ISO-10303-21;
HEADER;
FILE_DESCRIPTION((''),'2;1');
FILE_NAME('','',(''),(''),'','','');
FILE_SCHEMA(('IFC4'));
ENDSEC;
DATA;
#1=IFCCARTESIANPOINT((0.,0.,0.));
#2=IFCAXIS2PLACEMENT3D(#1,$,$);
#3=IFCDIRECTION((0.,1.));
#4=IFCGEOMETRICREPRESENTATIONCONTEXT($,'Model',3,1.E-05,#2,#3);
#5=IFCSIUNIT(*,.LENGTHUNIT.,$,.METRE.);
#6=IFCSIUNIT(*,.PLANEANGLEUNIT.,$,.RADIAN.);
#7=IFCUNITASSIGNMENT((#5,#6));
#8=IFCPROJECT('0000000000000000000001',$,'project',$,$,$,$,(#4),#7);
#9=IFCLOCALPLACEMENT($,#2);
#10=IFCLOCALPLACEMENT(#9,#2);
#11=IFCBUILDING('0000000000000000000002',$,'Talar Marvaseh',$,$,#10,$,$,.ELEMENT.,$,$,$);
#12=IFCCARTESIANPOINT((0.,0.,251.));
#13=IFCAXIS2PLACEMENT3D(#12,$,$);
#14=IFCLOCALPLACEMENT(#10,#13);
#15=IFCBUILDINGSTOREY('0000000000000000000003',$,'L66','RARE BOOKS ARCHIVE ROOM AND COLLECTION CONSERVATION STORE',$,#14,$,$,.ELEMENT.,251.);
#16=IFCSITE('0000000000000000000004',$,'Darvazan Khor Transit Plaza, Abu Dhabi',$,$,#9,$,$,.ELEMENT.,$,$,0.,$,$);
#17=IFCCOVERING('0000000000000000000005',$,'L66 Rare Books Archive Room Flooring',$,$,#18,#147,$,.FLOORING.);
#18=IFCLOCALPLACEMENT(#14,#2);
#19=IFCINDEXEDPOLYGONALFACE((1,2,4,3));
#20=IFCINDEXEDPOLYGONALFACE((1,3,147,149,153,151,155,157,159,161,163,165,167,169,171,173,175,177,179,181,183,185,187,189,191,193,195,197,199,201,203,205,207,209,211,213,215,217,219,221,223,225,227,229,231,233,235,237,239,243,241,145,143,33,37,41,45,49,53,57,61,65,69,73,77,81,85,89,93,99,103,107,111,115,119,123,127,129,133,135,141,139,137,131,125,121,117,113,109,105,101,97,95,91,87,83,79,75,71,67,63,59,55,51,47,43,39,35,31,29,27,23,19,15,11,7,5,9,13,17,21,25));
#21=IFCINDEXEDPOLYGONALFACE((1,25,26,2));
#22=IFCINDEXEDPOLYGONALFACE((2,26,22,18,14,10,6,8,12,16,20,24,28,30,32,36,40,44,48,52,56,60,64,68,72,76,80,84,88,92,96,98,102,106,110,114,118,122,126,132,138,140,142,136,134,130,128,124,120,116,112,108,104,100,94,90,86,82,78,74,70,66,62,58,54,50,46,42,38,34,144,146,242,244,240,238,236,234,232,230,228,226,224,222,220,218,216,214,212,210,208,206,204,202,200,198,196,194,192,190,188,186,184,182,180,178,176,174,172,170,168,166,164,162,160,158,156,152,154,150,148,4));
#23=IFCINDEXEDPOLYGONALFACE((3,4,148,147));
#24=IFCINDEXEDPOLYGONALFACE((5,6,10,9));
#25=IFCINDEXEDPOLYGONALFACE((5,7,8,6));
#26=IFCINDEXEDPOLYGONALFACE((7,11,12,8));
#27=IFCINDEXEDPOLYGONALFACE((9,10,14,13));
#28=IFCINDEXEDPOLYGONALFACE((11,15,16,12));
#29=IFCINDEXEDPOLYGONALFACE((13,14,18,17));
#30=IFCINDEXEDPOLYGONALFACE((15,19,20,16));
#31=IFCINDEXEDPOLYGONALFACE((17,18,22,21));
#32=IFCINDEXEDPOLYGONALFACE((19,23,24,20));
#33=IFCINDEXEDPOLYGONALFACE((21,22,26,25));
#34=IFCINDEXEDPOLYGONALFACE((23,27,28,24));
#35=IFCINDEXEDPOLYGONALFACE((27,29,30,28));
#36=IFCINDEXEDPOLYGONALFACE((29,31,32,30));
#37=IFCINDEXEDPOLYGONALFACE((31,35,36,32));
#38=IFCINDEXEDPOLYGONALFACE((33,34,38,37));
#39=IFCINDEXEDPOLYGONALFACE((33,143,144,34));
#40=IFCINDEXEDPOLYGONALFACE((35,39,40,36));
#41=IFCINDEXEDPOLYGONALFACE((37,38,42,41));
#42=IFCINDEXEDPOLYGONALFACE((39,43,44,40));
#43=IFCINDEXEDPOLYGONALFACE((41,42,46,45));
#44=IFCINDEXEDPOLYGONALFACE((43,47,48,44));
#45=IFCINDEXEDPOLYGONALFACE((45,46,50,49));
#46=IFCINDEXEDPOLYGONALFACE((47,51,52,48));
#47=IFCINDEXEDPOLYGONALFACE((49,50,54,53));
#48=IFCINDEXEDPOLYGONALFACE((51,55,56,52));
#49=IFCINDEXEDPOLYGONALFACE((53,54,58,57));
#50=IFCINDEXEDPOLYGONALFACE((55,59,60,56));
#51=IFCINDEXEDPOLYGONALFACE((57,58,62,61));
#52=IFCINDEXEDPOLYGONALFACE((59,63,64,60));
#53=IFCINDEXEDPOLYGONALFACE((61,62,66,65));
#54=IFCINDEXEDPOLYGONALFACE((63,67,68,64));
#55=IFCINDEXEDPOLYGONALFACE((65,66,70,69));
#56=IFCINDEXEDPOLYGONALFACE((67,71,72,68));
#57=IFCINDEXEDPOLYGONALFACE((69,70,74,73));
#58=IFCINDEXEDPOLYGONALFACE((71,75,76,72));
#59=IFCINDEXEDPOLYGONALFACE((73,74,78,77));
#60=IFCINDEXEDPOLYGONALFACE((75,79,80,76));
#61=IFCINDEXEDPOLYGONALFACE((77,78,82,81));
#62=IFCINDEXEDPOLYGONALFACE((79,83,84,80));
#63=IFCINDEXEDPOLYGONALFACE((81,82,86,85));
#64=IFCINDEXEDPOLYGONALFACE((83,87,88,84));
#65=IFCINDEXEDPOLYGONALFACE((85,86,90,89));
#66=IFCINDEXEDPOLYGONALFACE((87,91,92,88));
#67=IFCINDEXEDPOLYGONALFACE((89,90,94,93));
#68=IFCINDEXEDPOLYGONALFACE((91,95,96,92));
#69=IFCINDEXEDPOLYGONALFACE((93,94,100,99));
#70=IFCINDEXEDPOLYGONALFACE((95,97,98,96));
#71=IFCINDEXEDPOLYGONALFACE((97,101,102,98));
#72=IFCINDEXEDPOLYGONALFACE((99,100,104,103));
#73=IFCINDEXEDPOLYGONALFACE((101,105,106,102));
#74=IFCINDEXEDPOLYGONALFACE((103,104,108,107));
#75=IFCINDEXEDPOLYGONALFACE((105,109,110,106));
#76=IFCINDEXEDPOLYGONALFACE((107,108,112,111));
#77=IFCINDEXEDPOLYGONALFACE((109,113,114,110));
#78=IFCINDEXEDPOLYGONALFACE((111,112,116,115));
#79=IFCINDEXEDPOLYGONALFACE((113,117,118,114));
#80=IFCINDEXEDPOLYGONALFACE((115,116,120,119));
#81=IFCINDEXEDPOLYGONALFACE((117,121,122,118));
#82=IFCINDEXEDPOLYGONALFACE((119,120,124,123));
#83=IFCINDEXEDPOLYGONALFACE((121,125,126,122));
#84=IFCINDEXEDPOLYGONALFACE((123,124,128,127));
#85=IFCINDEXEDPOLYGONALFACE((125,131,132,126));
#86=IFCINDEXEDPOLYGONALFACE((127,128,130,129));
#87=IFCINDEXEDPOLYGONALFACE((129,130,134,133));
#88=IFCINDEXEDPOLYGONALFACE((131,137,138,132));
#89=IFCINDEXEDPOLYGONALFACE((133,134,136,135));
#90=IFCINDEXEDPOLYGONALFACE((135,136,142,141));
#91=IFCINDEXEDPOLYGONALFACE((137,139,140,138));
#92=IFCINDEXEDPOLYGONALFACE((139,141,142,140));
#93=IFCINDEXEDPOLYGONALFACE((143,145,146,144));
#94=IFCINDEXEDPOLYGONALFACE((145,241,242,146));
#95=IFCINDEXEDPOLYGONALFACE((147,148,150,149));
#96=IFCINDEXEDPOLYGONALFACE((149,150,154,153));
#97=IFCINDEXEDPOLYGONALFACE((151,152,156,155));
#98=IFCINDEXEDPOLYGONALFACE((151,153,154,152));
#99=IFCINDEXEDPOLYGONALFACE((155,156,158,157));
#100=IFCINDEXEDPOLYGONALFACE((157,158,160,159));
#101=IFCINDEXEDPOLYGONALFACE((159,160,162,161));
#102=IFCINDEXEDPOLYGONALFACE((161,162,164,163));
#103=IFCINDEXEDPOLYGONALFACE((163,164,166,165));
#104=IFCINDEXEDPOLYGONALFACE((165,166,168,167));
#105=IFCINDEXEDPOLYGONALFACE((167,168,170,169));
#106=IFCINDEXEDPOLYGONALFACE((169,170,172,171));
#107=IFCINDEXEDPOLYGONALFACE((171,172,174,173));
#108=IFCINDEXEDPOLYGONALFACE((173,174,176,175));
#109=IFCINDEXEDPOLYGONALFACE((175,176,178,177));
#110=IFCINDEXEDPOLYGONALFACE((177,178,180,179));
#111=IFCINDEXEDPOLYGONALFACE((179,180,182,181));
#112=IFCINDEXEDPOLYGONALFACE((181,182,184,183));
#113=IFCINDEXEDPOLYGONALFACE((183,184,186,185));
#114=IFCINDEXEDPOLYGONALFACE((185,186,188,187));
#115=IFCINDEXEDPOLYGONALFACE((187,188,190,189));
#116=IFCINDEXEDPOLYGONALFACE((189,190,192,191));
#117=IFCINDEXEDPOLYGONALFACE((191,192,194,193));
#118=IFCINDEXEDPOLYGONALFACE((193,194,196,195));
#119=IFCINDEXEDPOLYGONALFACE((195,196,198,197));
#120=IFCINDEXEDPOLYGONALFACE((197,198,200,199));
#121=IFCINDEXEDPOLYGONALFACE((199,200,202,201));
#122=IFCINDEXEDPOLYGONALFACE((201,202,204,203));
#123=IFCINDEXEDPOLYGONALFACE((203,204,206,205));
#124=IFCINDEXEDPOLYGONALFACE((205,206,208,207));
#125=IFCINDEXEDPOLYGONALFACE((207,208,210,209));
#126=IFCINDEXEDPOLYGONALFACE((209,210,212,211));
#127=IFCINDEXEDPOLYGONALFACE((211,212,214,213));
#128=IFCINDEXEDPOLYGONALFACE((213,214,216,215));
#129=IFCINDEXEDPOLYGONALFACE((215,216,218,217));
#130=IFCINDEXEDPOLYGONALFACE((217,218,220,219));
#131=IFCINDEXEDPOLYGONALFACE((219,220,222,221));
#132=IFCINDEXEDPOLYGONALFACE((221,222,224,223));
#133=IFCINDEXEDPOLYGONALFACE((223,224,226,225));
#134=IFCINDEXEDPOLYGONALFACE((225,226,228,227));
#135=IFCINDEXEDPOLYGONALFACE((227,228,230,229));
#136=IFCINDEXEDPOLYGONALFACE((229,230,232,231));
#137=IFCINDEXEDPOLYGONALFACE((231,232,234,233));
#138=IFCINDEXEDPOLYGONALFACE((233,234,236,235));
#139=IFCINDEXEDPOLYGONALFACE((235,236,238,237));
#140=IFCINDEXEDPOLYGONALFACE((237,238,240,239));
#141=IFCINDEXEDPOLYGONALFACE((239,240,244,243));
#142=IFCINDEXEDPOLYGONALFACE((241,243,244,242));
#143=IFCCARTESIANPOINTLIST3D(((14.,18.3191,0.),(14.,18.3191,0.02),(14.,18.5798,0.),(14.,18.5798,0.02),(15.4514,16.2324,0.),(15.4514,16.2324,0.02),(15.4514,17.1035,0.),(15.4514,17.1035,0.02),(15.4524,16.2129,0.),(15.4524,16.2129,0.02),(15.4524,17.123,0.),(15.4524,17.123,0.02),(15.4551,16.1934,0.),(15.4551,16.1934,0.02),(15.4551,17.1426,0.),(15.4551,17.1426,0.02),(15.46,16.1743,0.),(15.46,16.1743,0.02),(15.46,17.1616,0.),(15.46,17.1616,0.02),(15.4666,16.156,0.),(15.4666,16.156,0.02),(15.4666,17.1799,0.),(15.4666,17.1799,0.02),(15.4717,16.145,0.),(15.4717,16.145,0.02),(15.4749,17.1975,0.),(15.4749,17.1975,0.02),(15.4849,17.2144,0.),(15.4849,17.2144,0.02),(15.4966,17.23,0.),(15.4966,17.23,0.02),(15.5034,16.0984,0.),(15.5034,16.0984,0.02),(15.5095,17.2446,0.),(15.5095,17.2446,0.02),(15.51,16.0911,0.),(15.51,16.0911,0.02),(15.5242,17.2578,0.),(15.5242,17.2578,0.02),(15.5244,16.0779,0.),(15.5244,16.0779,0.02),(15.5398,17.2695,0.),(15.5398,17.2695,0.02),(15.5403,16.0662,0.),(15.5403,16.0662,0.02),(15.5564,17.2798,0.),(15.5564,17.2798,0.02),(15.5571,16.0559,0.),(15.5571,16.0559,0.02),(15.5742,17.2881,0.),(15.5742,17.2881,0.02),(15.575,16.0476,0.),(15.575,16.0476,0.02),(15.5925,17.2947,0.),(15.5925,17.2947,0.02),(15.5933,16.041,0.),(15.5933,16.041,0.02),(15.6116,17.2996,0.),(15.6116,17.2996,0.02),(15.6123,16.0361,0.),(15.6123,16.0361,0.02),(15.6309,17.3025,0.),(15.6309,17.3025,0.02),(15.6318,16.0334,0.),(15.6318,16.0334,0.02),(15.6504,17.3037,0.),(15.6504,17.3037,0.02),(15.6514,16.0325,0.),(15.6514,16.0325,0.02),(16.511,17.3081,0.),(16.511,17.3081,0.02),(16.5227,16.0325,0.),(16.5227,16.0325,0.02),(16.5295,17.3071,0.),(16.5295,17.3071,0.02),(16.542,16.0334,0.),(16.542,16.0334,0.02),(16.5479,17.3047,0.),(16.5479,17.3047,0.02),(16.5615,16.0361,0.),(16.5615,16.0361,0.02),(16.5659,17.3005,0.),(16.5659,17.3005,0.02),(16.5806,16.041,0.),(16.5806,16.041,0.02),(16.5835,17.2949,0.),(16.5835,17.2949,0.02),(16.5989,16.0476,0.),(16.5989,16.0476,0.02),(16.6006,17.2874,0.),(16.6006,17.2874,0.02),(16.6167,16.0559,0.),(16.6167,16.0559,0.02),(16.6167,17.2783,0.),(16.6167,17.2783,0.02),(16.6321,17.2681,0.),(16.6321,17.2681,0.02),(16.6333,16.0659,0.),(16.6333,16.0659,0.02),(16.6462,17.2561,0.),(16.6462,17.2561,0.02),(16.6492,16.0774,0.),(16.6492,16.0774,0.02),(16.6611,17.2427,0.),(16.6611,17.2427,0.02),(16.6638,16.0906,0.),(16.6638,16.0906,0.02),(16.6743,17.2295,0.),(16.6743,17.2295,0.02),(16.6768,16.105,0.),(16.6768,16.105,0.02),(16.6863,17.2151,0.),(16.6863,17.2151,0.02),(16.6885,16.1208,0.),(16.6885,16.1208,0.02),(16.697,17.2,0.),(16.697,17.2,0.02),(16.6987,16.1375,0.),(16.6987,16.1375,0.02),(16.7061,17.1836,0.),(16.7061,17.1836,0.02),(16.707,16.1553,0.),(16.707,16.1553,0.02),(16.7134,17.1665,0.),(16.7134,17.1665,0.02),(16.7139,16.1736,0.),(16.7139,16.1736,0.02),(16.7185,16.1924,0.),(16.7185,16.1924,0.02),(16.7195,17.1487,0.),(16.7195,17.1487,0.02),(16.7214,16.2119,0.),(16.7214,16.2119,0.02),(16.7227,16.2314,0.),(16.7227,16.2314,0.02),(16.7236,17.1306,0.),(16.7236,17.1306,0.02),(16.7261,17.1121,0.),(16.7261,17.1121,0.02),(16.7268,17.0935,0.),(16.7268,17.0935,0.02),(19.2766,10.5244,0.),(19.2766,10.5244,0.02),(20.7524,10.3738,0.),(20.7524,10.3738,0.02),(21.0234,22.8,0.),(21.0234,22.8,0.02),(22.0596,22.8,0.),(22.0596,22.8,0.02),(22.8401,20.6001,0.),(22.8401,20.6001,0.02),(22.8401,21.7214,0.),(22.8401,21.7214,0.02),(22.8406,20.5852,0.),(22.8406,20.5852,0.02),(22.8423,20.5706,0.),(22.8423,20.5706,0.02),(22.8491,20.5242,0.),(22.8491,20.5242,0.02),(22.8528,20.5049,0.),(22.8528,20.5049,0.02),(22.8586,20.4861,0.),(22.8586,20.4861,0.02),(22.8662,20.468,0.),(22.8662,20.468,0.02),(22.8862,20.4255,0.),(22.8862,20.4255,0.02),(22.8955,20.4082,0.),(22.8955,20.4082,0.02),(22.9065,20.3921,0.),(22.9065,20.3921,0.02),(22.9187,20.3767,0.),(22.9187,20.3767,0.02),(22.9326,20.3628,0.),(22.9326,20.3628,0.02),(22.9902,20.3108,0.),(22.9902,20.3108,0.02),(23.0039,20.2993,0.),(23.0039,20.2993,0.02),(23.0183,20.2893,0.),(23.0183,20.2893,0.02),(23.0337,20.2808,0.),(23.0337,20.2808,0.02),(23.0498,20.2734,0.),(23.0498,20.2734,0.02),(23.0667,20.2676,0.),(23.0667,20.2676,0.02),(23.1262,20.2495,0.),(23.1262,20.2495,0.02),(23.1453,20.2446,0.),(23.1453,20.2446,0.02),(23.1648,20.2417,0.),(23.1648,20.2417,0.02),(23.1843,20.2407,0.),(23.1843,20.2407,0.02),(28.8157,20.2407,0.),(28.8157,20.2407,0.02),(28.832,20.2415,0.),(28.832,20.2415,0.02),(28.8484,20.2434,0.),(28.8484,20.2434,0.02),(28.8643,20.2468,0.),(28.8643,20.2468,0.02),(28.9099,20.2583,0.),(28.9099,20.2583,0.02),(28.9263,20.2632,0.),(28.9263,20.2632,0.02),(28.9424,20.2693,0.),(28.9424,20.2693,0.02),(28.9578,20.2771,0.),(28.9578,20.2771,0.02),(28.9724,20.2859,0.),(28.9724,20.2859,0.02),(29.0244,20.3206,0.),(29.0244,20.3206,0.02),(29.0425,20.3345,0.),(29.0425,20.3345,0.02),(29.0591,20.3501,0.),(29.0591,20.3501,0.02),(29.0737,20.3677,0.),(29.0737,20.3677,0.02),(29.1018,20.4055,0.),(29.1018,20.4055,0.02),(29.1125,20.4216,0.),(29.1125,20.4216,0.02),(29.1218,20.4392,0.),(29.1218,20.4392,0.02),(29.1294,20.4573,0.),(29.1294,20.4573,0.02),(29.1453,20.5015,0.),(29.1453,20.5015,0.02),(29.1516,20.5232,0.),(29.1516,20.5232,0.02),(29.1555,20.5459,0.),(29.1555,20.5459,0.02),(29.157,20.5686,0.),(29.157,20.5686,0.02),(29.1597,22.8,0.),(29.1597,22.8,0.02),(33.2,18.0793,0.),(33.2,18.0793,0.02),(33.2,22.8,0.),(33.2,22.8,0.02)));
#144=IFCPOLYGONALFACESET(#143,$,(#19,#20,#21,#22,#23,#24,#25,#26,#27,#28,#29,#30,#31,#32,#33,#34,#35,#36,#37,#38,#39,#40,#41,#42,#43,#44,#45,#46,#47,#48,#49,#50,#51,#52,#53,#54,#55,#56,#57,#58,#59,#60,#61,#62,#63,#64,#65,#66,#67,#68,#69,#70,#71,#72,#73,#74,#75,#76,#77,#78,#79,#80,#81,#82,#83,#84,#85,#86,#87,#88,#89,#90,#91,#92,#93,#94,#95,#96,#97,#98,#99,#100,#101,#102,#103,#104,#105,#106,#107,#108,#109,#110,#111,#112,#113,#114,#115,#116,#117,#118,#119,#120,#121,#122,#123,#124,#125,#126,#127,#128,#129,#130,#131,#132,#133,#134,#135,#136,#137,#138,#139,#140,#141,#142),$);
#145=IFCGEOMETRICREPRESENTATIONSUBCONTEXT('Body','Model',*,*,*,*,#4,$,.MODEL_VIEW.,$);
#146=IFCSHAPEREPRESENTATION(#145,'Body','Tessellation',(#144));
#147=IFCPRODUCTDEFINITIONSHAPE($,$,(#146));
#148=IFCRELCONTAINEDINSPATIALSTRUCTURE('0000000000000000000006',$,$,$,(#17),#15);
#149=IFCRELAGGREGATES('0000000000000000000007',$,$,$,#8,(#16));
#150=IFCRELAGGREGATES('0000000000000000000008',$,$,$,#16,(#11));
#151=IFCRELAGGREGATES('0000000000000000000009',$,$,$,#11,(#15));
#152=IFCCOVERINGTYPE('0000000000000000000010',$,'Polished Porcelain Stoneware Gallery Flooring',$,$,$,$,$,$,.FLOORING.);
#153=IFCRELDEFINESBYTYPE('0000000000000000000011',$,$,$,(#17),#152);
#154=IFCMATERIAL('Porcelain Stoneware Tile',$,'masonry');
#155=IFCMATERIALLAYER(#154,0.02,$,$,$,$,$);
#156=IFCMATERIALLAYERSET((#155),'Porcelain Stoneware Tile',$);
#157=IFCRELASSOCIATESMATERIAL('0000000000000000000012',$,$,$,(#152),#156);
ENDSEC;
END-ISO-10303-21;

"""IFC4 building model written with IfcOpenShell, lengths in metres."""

from ifc_helpers import new_model, si_unit, direction, frame, origin, place, context, subcontext, project, spatial, polyline, outline, extrude, material, layer, layer_set, type_object, element, save


model = new_model("IFC4")

# Units and contexts
model_context = context("Model", 3, precision=1e-05, world=origin(), true_north=direction((0.0, 1.0)))
body_context = subcontext(model_context, "Body", "Model", "MODEL_VIEW")
ifc_project = project(units=[si_unit("LENGTHUNIT", "METRE"), si_unit("PLANEANGLEUNIT", "RADIAN")], contexts=[model_context])

# Site, building, storey
site_placement = place(None, origin())
site = spatial("IfcSite", under=ifc_project, at=site_placement, Name="Darvazan Khor Transit Plaza, Abu Dhabi", CompositionType="ELEMENT", RefElevation=0.0)
building_placement = place(site_placement, origin())
building = spatial("IfcBuilding", under=site, at=building_placement, Name="Talar Marvaseh", CompositionType="ELEMENT")
storey_placement = place(building_placement, frame((0.0, 0.0, 251.0)))
storey = spatial("IfcBuildingStorey", under=building, at=storey_placement, Name="L66", Description="RARE BOOKS ARCHIVE ROOM AND COLLECTION CONSERVATION STORE", CompositionType="ELEMENT", Elevation=251.0)

# Covering
ifc_material_1 = material(Name="Porcelain Stoneware Tile", Category="masonry")
ifc_layer_1 = layer(ifc_material_1, 0.02)
ifc_layer_set_1 = layer_set([ifc_layer_1], Name="Porcelain Stoneware Tile")
covering_type_1 = type_object("IfcCoveringType", Name="Polished Porcelain Stoneware Gallery Flooring", PredefinedType="FLOORING", material=ifc_layer_set_1)
covering_1_placement = place(storey_placement, origin())
element("IfcCovering", 1, at=covering_1_placement, inside=storey, type_object=covering_type_1, Name="L66 Rare Books Archive Room Flooring", PredefinedType="FLOORING", context=body_context, shape_type="SweptSolid", body=[
    extrude(outline(polyline([(14.0, 18.5798), (21.0234, 22.8), (22.0596, 22.8), (22.8401, 21.7214), (22.8401, 20.6001), (22.8406, 20.5852), (22.8423, 20.5706), (22.8491, 20.5242), (22.8528, 20.5049), (22.8586, 20.4861), (22.8662, 20.468), (22.8862, 20.4255), (22.8955, 20.4082), (22.9065, 20.3921), (22.9187, 20.3767), (22.9326, 20.3628), (22.9902, 20.3108), (23.0039, 20.2993), (23.0183, 20.2893), (23.0337, 20.2808), (23.0498, 20.2734), (23.0667, 20.2676), (23.1262, 20.2495), (23.1453, 20.2446), (23.1648, 20.2417), (23.1843, 20.2407), (28.8157, 20.2407), (28.832, 20.2415), (28.8484, 20.2434), (28.8643, 20.2468), (28.9099, 20.2583), (28.9263, 20.2632), (28.9424, 20.2693), (28.9578, 20.2771), (28.9724, 20.2859), (29.0244, 20.3206), (29.0425, 20.3345), (29.0591, 20.3501), (29.0737, 20.3677), (29.1018, 20.4055), (29.1125, 20.4216), (29.1218, 20.4392), (29.1294, 20.4573), (29.1453, 20.5015), (29.1516, 20.5232), (29.1555, 20.5459), (29.157, 20.5686), (29.1597, 22.8), (33.2, 22.8), (33.2, 18.0793), (20.7524, 10.3738), (19.2766, 10.5244), (15.5034, 16.0984), (15.51, 16.0911), (15.5244, 16.0779), (15.5403, 16.0662), (15.5571, 16.0559), (15.575, 16.0476), (15.5933, 16.041), (15.6123, 16.0361), (15.6318, 16.0334), (15.6514, 16.0325), (16.5227, 16.0325), (16.542, 16.0334), (16.5615, 16.0361), (16.5806, 16.041), (16.5989, 16.0476), (16.6167, 16.0559), (16.6333, 16.0659), (16.6492, 16.0774), (16.6638, 16.0906), (16.6768, 16.105), (16.6885, 16.1208), (16.6987, 16.1375), (16.707, 16.1553), (16.7139, 16.1736), (16.7185, 16.1924), (16.7214, 16.2119), (16.7227, 16.2314), (16.7268, 17.0935), (16.7261, 17.1121), (16.7236, 17.1306), (16.7195, 17.1487), (16.7134, 17.1665), (16.7061, 17.1836), (16.697, 17.2), (16.6863, 17.2151), (16.6743, 17.2295), (16.6611, 17.2427), (16.6462, 17.2561), (16.6321, 17.2681), (16.6167, 17.2783), (16.6006, 17.2874), (16.5835, 17.2949), (16.5659, 17.3005), (16.5479, 17.3047), (16.5295, 17.3071), (16.511, 17.3081), (15.6504, 17.3037), (15.6309, 17.3025), (15.6116, 17.2996), (15.5925, 17.2947), (15.5742, 17.2881), (15.5564, 17.2798), (15.5398, 17.2695), (15.5242, 17.2578), (15.5095, 17.2446), (15.4966, 17.23), (15.4849, 17.2144), (15.4749, 17.1975), (15.4666, 17.1799), (15.46, 17.1616), (15.4551, 17.1426), (15.4524, 17.123), (15.4514, 17.1035), (15.4514, 16.2324), (15.4524, 16.2129), (15.4551, 16.1934), (15.46, 16.1743), (15.4666, 16.156), (15.4717, 16.145), (14.0, 18.3191), (14.0, 18.5798)])), origin(), (0.0, 0.0, 1.0), 0.02),
])

save(model, "model.ifc")
